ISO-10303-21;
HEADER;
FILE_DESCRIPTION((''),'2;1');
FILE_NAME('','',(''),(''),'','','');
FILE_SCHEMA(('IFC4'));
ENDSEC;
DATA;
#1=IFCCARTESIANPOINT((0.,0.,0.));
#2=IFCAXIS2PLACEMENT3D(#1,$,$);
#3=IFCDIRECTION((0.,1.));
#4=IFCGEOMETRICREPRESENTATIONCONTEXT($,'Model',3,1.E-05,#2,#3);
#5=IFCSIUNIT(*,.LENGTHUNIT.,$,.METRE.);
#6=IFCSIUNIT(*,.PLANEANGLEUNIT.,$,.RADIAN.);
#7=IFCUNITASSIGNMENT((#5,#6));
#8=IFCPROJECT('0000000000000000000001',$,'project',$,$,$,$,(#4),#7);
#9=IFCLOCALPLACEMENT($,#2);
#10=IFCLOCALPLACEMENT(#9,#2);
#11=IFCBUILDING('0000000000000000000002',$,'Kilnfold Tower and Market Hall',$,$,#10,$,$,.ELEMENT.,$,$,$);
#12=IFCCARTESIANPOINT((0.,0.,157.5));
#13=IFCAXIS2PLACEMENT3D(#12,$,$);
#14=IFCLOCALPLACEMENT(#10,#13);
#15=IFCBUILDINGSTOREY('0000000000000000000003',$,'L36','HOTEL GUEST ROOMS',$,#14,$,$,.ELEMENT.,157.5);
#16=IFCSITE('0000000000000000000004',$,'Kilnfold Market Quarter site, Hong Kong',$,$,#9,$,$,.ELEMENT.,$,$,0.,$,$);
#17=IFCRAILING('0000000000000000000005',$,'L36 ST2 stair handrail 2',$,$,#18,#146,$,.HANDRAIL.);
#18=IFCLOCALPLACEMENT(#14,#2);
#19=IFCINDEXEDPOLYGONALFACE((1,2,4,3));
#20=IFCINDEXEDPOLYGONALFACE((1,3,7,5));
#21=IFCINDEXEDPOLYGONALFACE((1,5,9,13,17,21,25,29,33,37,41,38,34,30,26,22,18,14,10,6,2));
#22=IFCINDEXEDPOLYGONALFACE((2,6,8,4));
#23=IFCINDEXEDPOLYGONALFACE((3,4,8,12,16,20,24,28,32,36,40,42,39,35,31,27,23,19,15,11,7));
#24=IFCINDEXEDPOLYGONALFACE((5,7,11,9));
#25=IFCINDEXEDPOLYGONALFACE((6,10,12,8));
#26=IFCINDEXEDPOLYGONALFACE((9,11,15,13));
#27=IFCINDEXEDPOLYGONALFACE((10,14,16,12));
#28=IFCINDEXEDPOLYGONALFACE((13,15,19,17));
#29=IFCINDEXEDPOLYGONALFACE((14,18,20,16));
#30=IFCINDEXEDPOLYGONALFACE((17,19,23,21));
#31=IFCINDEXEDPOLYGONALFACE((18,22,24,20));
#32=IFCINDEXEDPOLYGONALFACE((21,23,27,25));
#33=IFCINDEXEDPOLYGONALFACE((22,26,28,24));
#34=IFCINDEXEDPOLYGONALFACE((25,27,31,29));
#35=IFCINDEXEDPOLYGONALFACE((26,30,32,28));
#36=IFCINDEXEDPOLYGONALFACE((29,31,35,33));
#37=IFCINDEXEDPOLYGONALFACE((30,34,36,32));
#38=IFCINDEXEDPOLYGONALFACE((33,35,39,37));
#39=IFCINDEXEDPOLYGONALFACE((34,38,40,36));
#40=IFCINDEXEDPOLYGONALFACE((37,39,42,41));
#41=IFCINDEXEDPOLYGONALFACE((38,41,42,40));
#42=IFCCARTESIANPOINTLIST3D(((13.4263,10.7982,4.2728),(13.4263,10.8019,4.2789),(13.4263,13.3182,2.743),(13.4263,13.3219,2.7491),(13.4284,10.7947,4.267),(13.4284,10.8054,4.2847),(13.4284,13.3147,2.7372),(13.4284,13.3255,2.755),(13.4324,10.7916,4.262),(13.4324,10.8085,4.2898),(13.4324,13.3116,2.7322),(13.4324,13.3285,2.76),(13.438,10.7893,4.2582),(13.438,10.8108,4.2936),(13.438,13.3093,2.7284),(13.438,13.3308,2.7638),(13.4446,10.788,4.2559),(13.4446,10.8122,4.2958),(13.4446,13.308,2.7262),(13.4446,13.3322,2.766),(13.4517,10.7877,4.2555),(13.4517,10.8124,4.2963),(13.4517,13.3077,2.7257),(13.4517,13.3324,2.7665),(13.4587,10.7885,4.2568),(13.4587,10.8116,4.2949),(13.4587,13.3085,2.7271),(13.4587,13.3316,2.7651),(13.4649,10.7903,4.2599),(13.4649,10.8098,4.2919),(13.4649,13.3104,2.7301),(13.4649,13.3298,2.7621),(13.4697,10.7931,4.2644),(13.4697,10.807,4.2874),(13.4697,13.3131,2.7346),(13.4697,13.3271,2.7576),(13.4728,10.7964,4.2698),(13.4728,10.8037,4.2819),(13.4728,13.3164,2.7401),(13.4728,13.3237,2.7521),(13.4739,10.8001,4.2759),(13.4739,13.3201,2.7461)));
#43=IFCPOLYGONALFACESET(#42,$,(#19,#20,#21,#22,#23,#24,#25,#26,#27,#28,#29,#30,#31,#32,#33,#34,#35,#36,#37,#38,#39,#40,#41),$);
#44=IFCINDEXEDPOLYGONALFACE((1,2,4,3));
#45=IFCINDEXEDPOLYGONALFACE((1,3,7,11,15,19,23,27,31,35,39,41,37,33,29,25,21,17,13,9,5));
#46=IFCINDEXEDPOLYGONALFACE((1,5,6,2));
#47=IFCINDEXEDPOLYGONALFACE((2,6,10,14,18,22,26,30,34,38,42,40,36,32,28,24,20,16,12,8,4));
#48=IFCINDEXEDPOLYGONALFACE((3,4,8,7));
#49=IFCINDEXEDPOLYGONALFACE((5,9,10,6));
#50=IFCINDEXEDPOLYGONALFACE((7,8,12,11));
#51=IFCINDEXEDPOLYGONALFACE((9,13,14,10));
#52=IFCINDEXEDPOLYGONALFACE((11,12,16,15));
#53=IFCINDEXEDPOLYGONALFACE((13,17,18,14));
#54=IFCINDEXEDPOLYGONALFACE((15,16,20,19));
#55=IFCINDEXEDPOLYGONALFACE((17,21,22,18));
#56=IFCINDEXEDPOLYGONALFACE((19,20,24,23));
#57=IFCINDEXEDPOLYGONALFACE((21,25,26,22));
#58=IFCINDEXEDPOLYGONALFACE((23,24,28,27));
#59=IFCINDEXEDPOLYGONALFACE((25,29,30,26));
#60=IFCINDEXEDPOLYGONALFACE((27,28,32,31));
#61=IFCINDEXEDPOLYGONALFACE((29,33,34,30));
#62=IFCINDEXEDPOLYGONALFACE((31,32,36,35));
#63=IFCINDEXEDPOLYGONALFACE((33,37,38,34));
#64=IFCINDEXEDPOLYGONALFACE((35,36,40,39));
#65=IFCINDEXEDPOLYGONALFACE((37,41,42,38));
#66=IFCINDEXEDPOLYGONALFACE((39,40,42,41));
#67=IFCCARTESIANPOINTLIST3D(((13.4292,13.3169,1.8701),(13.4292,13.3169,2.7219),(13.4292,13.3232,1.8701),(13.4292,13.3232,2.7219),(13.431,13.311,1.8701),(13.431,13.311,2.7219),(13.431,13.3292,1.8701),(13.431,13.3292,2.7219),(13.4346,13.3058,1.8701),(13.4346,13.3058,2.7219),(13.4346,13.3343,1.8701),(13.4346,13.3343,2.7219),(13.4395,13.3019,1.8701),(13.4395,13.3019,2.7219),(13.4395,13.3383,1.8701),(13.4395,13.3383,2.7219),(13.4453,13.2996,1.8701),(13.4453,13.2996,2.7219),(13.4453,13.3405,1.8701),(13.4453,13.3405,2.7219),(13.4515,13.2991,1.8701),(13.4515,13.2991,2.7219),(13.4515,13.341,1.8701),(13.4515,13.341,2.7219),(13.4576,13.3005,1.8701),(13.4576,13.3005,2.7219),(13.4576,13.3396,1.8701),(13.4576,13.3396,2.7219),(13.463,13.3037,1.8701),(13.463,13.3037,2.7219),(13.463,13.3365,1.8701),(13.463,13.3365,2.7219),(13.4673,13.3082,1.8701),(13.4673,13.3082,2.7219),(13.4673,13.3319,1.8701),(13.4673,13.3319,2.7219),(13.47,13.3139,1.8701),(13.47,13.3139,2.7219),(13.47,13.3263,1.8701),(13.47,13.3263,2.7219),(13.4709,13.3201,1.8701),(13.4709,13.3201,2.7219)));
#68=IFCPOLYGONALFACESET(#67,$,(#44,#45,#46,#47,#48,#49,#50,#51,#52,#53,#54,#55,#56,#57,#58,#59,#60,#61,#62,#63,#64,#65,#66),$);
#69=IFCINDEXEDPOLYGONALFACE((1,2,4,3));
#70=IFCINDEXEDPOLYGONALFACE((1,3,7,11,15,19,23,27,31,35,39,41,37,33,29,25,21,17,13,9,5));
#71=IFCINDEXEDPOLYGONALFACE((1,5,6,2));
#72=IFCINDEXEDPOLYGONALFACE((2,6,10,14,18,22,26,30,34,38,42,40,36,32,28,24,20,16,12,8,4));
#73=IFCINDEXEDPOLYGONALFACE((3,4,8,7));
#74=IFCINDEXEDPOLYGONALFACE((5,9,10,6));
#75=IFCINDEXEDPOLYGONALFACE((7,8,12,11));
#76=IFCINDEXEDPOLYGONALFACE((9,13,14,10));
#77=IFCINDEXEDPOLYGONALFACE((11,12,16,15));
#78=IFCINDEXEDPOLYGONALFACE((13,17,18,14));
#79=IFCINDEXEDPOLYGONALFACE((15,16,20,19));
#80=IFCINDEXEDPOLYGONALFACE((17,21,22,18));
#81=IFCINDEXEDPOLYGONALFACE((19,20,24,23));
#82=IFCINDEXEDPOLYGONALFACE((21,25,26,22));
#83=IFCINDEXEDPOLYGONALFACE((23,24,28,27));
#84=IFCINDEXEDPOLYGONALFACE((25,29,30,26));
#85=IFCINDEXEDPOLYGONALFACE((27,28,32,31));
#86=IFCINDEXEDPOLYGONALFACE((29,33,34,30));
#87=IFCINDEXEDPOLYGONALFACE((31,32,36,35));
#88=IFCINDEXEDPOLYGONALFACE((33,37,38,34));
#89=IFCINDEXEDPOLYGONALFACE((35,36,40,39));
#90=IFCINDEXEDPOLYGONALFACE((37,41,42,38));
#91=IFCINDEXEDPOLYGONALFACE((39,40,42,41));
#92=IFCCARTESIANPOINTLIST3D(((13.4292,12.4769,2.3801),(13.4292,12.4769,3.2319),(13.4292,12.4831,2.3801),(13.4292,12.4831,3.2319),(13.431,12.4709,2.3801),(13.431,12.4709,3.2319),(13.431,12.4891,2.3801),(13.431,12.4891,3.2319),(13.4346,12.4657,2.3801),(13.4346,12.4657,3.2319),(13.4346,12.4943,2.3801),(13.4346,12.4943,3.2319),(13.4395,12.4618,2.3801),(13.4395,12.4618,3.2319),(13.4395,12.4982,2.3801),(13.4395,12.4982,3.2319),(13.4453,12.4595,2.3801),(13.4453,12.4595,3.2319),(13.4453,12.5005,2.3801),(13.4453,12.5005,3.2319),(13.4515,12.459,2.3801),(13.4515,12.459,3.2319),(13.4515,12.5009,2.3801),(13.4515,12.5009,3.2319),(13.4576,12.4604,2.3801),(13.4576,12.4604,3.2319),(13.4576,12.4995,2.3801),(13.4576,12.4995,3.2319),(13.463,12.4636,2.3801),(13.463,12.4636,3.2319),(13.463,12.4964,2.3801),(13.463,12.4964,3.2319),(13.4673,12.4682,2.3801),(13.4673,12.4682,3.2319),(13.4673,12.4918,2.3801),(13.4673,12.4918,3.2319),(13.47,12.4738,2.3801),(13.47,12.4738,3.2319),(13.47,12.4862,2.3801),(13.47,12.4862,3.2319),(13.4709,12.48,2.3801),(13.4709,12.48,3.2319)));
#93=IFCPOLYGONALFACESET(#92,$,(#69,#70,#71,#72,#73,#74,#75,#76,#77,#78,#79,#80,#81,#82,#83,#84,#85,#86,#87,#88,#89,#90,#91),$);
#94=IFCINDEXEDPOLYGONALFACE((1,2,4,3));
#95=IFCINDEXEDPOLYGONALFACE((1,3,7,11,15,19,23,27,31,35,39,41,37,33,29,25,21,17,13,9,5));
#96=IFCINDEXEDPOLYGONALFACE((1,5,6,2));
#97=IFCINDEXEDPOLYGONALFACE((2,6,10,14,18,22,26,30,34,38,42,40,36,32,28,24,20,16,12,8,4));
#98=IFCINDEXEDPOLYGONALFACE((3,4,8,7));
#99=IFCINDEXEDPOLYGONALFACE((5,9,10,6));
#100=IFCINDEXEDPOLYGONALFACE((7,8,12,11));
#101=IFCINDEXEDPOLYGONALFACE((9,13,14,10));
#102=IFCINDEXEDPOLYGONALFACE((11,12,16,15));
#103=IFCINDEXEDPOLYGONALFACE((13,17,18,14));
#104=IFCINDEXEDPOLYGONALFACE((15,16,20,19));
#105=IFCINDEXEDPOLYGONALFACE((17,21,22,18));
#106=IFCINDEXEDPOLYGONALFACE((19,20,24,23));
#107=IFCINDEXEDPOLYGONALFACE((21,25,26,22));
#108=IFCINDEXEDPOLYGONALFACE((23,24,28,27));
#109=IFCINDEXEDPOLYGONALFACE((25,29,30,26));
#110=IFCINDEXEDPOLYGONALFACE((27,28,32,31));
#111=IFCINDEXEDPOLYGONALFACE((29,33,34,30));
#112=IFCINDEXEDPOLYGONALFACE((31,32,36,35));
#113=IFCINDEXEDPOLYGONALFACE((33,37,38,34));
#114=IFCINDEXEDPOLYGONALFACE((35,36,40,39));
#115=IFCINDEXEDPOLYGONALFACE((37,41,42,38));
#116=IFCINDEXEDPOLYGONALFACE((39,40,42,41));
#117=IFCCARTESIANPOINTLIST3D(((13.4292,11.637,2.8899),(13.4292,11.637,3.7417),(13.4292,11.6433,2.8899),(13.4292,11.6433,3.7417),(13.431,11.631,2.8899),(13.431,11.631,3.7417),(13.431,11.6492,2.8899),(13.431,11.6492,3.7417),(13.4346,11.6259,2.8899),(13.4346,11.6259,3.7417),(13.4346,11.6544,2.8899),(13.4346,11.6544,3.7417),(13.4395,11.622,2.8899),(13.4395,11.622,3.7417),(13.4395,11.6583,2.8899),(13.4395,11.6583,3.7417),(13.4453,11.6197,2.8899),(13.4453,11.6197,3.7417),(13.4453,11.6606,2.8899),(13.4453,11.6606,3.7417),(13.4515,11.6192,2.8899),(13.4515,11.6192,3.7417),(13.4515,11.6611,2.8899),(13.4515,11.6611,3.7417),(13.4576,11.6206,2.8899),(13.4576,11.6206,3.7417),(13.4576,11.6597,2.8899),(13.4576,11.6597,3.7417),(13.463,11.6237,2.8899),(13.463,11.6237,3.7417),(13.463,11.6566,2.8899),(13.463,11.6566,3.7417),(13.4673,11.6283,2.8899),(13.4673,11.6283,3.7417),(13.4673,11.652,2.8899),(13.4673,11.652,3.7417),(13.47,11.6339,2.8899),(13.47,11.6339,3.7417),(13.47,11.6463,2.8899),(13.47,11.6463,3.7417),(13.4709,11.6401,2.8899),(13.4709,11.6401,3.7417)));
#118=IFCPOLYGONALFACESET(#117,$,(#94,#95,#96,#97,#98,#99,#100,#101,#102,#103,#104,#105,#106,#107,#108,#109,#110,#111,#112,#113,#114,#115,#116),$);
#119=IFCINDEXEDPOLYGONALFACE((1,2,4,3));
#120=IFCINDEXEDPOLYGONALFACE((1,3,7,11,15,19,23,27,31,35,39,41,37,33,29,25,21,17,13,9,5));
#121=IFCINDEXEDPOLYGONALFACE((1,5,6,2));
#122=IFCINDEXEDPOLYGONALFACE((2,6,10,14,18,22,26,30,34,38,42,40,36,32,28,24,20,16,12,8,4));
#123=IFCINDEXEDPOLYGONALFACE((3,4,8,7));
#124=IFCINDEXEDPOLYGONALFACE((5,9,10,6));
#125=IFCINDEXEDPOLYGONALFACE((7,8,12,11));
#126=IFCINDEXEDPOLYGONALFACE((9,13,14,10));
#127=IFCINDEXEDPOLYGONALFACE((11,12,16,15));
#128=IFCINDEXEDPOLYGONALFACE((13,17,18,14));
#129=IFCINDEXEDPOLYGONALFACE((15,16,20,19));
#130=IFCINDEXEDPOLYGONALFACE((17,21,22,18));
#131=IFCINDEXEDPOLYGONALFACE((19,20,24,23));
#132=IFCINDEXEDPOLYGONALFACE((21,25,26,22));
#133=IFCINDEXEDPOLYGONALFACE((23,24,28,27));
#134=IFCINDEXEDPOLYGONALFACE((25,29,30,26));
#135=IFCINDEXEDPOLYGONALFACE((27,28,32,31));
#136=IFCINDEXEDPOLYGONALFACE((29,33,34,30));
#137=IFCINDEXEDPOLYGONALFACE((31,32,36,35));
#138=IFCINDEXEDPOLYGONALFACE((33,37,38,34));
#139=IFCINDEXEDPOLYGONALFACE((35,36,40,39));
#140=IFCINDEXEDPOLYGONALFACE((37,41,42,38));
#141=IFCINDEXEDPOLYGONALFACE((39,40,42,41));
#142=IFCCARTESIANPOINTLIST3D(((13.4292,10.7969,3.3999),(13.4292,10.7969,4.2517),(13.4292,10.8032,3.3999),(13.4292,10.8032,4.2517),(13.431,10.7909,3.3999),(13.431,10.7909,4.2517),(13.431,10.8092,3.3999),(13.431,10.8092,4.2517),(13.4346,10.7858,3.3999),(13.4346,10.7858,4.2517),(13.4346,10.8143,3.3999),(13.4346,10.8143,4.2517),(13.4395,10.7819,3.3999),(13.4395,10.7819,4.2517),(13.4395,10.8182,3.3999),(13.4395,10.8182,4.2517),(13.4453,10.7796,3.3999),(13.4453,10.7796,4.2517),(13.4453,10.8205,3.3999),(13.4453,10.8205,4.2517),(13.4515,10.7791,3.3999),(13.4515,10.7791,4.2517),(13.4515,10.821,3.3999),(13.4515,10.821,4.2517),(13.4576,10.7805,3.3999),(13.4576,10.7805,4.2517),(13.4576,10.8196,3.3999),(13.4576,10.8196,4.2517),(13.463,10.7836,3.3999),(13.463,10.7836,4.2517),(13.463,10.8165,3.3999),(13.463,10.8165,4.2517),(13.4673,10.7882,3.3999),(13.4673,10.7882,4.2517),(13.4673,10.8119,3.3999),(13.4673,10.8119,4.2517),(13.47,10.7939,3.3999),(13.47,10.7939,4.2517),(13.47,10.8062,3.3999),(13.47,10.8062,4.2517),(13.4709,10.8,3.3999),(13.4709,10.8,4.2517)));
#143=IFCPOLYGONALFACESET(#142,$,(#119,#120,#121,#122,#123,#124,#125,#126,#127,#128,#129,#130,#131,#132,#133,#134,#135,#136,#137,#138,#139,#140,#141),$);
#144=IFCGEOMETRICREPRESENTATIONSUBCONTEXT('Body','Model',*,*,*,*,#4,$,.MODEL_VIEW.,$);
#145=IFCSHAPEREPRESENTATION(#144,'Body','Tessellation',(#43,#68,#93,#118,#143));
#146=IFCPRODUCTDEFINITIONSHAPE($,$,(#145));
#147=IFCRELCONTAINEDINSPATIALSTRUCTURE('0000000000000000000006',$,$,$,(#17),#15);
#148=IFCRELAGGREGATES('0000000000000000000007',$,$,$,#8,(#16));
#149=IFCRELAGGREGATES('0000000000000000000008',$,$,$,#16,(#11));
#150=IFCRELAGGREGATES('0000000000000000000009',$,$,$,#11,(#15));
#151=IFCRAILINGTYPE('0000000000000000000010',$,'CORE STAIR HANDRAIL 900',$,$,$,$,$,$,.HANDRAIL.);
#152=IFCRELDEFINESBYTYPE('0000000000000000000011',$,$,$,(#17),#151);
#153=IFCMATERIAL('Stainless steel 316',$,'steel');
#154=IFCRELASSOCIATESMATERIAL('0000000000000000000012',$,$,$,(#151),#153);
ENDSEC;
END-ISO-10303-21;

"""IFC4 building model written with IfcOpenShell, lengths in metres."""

from ifc_helpers import new_model, si_unit, direction, frame, origin, origin_2d, place, context, subcontext, project, spatial, circle, extrude, material, type_object, element, save


model = new_model("IFC4")

# Units and contexts
model_context = context("Model", 3, precision=1e-05, world=origin(), true_north=direction((0.0, 1.0)))
body_context = subcontext(model_context, "Body", "Model", "MODEL_VIEW")
ifc_project = project(units=[si_unit("LENGTHUNIT", "METRE"), si_unit("PLANEANGLEUNIT", "RADIAN")], contexts=[model_context])

# Site, building, storey
site_placement = place(None, origin())
site = spatial("IfcSite", under=ifc_project, at=site_placement, Name="Kilnfold Market Quarter site, Hong Kong", CompositionType="ELEMENT", RefElevation=0.0)
building_placement = place(site_placement, origin())
building = spatial("IfcBuilding", under=site, at=building_placement, Name="Kilnfold Tower and Market Hall", CompositionType="ELEMENT")
storey_placement = place(building_placement, frame((0.0, 0.0, 157.5)))
storey = spatial("IfcBuildingStorey", under=building, at=storey_placement, Name="L36", Description="HOTEL GUEST ROOMS", CompositionType="ELEMENT", Elevation=157.5)

# Railing
ifc_material_1 = material(Name="Stainless steel 316", Category="steel")
railing_type_1 = type_object("IfcRailingType", Name="CORE STAIR HANDRAIL 900", PredefinedType="HANDRAIL", material=ifc_material_1)
railing_1_placement = place(storey_placement, frame((13.45, 13.3201, 1.8701)))
element("IfcRailing", 1, at=railing_1_placement, inside=storey, type_object=railing_type_1, Name="L36 ST2 stair handrail 2", PredefinedType="HANDRAIL", context=body_context, shape_type="SweptSolid", body=[
    extrude(circle(Radius=0.0239, at=origin_2d()), frame((0.0, 0.0, 0.876), z_axis=(0.0, -0.854822, 0.518922), x_axis=(1.0, 0.0, 0.0)), (0.0, 0.0, 1.0), 2.948),
    extrude(circle(Radius=0.021, at=origin_2d()), origin(), (0.0, 0.0, 1.0), 0.8518),
    extrude(circle(Radius=0.021, at=origin_2d()), frame((0.0, -0.8401, 0.51)), (0.0, 0.0, 1.0), 0.8518),
    extrude(circle(Radius=0.021, at=origin_2d()), frame((0.0, -1.6799, 1.0198)), (0.0, 0.0, 1.0), 0.8518),
    extrude(circle(Radius=0.021, at=origin_2d()), frame((0.0, -2.52, 1.5298)), (0.0, 0.0, 1.0), 0.8518),
])

save(model, "model.ifc")
